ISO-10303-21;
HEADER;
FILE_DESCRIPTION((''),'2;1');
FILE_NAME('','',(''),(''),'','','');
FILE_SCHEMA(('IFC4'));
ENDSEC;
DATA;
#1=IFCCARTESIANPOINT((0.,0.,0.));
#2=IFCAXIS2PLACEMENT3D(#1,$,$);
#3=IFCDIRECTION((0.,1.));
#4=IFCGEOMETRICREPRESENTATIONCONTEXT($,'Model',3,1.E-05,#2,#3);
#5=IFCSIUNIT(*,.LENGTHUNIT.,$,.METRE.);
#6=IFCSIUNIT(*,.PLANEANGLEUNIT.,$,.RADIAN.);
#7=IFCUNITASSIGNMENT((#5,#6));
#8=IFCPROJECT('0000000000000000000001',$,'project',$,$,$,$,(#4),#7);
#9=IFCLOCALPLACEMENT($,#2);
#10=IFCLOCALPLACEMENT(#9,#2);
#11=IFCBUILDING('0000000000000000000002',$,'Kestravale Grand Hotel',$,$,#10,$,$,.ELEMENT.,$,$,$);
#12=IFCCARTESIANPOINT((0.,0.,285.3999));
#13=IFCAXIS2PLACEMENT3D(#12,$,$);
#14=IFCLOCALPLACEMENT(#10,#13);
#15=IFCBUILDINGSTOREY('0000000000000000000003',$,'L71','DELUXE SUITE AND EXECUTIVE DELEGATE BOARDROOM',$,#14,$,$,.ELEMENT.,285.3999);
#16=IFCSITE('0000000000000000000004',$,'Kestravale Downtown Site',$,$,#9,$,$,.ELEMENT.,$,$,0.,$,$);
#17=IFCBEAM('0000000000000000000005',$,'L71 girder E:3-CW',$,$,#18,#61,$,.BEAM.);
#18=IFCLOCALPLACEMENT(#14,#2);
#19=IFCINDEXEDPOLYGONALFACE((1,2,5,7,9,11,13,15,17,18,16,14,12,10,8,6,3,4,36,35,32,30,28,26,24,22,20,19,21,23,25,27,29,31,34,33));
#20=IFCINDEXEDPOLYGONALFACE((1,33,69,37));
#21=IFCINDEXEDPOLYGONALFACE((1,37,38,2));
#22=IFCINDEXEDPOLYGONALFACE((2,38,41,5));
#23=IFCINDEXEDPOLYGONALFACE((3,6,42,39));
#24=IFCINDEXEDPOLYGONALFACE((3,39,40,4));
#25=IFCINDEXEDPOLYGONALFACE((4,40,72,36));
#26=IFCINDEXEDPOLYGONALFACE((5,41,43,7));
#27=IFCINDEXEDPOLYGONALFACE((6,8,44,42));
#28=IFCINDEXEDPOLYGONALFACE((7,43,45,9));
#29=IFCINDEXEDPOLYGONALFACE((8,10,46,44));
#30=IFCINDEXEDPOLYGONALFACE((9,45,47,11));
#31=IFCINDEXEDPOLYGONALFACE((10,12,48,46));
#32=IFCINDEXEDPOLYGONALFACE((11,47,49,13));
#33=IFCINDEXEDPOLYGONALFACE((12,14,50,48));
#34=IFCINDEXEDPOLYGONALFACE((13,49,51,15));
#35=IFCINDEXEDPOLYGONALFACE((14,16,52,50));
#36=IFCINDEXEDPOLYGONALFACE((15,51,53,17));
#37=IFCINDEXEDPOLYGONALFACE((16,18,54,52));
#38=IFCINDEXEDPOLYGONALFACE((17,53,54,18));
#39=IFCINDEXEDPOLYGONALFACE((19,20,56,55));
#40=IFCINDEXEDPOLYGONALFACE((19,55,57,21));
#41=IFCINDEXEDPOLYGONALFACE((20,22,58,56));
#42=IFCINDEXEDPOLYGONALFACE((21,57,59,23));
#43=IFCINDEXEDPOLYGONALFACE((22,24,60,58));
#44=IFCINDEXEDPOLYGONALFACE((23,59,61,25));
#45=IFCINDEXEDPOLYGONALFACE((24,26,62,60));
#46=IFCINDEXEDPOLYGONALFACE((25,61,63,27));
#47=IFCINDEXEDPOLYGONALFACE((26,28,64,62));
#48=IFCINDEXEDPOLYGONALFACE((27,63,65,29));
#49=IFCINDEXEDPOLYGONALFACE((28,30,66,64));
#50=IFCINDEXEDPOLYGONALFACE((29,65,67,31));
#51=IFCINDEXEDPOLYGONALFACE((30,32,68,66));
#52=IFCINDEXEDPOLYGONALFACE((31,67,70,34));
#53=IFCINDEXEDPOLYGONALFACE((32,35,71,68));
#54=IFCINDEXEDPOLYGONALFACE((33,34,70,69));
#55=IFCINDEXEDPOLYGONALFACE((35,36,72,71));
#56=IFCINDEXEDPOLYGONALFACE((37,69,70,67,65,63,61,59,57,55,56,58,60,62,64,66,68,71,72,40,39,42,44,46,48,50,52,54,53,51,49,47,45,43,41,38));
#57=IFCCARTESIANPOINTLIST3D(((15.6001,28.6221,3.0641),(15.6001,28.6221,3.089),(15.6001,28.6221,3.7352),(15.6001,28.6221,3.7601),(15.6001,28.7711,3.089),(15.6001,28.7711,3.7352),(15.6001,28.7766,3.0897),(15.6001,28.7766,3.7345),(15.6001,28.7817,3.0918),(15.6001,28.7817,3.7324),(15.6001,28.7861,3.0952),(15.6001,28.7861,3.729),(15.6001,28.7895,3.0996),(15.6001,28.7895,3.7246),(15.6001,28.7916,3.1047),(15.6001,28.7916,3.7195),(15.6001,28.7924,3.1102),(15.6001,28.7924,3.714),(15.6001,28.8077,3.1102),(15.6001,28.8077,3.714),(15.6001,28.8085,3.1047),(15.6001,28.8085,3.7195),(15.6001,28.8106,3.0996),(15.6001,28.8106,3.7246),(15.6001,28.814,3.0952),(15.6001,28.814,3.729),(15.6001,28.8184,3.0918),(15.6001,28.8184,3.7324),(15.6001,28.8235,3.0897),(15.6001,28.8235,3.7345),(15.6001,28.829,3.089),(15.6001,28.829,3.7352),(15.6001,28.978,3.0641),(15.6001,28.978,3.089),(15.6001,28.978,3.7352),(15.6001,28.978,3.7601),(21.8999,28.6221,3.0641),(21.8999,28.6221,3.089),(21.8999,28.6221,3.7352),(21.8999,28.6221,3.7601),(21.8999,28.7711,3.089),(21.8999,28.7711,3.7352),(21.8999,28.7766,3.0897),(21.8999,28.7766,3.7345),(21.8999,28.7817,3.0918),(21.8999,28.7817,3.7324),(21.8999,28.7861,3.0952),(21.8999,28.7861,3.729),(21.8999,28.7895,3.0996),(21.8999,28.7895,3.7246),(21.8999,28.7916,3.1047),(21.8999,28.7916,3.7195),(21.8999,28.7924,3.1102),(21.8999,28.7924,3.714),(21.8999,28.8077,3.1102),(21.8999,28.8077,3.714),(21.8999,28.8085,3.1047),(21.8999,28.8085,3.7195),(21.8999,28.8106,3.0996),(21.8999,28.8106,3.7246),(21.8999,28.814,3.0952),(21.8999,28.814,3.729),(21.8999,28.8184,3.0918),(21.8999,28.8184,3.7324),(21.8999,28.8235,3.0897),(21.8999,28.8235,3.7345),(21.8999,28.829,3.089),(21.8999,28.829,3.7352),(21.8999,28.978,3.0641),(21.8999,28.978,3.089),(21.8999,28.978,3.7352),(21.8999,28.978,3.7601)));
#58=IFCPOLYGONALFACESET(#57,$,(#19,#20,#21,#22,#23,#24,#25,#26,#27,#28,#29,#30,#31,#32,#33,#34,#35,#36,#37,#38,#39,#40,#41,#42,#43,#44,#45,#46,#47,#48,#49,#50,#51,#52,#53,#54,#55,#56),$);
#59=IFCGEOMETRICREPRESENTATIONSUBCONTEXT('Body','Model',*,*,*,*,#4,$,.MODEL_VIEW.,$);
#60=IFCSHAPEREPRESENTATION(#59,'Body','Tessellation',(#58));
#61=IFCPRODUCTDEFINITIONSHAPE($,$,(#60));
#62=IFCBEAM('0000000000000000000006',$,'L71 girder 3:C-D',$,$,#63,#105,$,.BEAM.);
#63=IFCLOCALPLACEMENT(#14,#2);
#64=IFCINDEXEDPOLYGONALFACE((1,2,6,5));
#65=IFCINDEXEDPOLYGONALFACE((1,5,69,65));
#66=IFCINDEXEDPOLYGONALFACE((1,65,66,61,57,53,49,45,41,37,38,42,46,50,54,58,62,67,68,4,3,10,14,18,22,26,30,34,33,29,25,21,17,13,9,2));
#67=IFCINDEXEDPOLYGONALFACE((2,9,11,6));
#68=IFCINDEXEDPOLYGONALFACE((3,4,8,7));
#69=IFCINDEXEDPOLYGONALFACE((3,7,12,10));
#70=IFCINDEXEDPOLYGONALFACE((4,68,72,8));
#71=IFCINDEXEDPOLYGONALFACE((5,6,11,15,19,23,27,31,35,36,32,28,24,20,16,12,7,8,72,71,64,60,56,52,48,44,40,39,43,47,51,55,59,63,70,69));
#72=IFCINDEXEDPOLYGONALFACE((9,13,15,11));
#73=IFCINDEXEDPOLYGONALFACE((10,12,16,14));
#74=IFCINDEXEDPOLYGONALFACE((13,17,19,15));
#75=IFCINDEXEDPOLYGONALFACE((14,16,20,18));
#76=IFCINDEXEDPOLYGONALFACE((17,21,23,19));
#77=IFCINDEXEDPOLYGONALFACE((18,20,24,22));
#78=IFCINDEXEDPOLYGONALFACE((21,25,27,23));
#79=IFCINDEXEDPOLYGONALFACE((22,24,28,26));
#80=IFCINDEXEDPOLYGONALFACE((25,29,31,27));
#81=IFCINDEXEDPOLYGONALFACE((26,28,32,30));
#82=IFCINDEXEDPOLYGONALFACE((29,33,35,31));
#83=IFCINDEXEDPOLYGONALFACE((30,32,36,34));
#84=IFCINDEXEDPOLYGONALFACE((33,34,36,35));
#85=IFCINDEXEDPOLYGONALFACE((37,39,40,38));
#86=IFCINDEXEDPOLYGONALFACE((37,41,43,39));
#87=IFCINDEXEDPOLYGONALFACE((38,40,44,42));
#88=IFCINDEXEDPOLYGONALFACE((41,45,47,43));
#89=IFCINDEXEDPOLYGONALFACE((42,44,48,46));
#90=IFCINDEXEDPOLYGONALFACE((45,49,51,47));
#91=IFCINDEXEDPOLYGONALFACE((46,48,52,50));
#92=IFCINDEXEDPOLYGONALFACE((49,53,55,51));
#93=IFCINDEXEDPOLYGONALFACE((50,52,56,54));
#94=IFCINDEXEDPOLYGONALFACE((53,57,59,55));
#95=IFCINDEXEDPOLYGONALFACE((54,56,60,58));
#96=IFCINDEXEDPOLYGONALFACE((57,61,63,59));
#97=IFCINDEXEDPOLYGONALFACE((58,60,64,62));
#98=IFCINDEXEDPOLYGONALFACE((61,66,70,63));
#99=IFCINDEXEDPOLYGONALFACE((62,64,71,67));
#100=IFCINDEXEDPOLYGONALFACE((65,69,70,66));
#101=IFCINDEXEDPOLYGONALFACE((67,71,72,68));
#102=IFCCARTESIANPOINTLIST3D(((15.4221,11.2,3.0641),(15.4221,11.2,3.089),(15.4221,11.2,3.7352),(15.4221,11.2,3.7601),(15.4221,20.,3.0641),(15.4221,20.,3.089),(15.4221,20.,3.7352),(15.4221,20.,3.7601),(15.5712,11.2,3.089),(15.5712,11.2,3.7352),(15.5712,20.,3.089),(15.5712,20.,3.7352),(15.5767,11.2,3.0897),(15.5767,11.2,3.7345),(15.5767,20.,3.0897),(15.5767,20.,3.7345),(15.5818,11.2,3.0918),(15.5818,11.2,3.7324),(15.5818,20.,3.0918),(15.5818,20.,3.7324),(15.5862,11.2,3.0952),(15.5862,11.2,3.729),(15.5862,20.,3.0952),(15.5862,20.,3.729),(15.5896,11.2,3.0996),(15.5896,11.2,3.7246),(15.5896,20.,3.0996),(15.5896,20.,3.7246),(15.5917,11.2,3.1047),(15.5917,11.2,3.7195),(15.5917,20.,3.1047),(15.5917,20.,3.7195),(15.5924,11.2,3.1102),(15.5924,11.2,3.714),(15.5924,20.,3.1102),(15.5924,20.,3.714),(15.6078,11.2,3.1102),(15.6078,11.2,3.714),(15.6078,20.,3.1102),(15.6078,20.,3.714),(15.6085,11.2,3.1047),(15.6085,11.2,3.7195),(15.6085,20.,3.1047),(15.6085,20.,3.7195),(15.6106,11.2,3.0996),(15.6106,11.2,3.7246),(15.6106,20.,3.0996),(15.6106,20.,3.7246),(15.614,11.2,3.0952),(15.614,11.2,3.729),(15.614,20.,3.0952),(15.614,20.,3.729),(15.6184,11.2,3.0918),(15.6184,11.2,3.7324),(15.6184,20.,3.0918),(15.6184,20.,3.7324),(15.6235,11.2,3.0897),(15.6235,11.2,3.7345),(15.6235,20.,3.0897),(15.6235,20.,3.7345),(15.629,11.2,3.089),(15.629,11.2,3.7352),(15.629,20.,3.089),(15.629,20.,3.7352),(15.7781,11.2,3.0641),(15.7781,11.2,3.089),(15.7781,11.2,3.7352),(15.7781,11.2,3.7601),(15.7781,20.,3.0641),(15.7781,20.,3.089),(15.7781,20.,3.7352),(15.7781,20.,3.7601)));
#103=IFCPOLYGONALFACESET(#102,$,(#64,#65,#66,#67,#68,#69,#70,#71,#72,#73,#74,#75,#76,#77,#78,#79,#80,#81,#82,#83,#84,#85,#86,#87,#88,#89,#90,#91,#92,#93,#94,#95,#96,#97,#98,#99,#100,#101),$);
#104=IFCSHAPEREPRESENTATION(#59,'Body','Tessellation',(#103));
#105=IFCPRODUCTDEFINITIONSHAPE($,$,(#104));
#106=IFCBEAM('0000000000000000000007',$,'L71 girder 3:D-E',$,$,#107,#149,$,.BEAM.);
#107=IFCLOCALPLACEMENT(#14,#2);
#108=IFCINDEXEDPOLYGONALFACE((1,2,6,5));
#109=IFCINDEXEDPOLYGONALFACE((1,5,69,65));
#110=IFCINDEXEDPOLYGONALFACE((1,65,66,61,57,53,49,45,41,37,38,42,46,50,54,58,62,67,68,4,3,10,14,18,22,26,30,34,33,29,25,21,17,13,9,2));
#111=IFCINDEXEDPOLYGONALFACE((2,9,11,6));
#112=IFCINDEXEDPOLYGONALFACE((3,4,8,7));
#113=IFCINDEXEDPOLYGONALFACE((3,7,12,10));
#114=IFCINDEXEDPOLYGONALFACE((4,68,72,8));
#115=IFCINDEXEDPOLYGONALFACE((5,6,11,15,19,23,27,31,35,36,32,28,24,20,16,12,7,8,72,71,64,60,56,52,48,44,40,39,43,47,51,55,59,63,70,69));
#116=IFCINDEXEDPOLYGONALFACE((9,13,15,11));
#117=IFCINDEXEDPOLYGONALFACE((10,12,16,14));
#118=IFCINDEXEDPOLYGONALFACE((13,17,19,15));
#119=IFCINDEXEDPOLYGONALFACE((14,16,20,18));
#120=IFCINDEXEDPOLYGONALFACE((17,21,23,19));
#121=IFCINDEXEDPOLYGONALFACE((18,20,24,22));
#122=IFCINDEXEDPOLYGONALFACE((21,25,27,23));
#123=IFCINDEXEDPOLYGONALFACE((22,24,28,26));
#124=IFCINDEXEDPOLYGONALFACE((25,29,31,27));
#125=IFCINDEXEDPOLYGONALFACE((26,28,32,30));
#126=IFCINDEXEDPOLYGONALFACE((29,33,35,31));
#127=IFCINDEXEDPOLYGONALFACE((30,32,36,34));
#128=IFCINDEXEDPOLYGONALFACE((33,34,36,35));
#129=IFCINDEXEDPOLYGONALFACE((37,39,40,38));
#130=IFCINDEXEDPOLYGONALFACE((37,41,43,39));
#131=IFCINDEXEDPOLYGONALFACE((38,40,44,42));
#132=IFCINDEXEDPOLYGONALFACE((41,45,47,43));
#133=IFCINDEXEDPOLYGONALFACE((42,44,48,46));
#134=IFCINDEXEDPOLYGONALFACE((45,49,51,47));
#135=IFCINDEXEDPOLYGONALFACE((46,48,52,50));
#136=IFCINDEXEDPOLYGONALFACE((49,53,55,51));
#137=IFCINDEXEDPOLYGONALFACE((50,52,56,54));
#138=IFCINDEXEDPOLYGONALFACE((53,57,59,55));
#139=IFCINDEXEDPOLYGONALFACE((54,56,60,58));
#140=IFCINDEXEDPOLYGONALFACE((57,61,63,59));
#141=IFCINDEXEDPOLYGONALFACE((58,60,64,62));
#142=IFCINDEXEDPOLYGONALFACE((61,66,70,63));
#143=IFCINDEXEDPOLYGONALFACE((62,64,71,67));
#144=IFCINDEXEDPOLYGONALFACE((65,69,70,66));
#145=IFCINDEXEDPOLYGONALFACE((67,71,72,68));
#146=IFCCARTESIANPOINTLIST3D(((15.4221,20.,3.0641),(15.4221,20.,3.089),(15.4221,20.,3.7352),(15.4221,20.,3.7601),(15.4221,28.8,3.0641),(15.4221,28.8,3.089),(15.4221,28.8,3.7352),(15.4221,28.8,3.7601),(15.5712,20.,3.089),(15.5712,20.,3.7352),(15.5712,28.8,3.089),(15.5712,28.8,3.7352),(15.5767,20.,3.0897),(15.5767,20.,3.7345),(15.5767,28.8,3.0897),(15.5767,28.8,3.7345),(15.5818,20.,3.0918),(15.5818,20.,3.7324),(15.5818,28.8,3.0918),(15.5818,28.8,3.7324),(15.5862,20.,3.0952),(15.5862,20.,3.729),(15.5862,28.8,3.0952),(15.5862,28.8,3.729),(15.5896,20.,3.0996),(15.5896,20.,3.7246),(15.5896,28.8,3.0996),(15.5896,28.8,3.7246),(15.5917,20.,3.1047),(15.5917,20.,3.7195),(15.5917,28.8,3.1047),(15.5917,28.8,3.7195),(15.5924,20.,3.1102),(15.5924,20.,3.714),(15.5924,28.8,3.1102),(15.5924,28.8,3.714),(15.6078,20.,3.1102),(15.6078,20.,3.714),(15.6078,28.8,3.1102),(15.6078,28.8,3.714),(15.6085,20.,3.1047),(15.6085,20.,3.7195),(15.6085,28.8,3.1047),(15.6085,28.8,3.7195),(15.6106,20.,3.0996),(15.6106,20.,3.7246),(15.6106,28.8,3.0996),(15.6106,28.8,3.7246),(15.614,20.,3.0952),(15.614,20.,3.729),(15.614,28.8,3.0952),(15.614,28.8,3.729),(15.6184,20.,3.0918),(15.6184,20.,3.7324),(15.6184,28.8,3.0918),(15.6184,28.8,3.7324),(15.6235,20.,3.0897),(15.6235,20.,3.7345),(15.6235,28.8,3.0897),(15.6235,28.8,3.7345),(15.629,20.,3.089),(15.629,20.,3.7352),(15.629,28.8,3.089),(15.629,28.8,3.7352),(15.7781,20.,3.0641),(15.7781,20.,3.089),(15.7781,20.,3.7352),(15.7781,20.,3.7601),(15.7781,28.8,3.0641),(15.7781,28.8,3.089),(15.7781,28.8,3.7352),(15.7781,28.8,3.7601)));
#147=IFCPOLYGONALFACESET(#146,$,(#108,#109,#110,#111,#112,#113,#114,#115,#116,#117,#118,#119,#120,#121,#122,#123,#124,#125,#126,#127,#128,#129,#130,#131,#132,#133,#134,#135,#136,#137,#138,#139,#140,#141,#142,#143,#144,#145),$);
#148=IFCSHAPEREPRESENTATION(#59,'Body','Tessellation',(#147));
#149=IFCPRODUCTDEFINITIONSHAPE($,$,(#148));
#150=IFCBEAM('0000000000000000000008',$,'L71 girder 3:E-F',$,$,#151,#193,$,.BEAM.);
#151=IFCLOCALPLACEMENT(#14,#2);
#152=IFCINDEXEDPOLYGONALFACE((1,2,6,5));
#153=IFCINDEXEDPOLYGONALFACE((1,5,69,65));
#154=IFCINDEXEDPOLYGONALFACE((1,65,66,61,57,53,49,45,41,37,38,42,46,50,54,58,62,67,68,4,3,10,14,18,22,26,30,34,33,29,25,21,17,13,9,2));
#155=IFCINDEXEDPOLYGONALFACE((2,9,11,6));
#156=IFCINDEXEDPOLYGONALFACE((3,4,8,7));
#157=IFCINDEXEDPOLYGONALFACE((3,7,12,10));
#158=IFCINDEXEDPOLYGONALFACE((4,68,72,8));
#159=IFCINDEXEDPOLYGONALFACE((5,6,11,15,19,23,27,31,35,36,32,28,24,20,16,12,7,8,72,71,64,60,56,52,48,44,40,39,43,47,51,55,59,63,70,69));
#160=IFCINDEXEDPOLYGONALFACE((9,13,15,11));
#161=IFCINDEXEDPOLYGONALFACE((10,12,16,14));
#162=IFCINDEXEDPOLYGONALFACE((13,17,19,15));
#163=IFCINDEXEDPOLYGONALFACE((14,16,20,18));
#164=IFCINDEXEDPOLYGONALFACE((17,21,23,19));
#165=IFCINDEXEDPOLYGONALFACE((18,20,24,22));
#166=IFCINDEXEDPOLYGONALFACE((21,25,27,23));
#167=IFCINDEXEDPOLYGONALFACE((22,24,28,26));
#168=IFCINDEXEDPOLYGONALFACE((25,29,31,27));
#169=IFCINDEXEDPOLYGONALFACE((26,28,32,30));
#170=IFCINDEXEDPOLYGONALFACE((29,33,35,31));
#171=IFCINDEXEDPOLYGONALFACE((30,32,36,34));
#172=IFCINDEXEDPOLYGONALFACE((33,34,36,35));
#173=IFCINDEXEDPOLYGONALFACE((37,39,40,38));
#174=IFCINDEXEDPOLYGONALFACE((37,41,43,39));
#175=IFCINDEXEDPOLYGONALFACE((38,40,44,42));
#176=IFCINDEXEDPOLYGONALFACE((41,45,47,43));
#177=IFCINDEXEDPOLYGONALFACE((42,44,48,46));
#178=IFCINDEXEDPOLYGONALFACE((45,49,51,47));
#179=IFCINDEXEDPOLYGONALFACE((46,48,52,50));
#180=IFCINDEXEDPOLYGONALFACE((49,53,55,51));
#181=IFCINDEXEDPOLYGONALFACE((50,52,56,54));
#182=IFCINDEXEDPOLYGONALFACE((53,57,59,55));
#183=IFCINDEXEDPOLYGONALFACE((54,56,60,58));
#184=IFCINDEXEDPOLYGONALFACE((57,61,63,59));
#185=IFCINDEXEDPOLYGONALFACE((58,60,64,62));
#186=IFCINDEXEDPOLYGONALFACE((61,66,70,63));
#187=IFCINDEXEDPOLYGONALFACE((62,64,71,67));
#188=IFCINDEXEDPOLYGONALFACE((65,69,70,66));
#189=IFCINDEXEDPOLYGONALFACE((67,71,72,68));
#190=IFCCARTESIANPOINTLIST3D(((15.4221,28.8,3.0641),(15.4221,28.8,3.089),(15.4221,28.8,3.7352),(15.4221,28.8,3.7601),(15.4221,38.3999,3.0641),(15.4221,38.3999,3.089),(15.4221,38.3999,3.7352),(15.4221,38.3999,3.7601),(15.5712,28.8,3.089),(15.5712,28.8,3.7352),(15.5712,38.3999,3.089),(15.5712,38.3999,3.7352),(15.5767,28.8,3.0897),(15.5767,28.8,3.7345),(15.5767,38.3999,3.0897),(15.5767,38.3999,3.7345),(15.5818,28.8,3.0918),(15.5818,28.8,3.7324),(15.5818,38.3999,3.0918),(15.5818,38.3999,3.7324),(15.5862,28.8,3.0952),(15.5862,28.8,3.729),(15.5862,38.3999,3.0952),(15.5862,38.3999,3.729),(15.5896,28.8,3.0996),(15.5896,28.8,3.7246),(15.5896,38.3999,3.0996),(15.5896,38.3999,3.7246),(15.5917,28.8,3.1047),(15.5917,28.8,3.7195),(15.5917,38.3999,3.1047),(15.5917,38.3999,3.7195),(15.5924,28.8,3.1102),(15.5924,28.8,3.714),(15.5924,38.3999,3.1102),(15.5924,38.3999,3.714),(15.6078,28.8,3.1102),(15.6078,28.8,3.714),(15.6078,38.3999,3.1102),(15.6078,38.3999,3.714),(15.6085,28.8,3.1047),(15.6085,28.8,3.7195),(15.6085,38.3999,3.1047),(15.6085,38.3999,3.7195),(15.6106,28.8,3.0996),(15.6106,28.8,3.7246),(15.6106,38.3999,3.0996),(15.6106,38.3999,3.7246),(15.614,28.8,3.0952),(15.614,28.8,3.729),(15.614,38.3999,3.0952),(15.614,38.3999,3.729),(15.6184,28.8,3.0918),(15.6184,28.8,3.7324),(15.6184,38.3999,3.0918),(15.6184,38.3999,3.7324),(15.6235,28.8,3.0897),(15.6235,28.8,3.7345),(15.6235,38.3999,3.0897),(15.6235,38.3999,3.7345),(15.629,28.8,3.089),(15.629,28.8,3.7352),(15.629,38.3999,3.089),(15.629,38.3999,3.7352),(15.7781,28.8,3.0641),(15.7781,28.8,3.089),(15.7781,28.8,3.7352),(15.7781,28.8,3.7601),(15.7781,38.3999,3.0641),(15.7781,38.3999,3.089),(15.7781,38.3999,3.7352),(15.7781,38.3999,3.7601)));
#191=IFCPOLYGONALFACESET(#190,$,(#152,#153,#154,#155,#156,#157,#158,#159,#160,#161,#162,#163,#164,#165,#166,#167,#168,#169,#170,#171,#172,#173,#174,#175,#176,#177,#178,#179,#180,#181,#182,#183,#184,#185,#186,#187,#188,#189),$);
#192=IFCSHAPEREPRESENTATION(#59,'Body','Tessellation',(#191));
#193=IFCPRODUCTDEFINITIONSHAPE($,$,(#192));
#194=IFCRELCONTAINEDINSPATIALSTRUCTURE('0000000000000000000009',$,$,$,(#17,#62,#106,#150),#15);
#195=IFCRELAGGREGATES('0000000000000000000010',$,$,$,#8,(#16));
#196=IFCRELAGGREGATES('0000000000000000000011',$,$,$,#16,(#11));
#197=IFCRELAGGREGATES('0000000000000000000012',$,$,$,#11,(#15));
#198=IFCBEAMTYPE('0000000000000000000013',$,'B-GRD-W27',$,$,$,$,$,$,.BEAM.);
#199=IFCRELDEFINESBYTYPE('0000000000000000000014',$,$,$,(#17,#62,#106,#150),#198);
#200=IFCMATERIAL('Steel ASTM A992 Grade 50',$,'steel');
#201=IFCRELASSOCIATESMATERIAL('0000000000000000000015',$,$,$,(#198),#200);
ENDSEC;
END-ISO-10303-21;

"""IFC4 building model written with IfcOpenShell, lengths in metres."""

from ifc_helpers import new_model, si_unit, direction, frame, origin, origin_2d, place, context, subcontext, project, spatial, i_section, extrude, material, material_profile, profile_set, type_object, element, save


model = new_model("IFC4")

# Units and contexts
model_context = context("Model", 3, precision=1e-05, world=origin(), true_north=direction((0.0, 1.0)))
body_context = subcontext(model_context, "Body", "Model", "MODEL_VIEW")
ifc_project = project(units=[si_unit("LENGTHUNIT", "METRE"), si_unit("PLANEANGLEUNIT", "RADIAN")], contexts=[model_context])

# Site, building, storey
site_placement = place(None, origin())
site = spatial("IfcSite", under=ifc_project, at=site_placement, Name="Kestravale Downtown Site", CompositionType="ELEMENT", RefElevation=0.0)
building_placement = place(site_placement, origin())
building = spatial("IfcBuilding", under=site, at=building_placement, Name="Kestravale Grand Hotel", CompositionType="ELEMENT")
storey_placement = place(building_placement, frame((0.0, 0.0, 285.3999)))
storey = spatial("IfcBuildingStorey", under=building, at=storey_placement, Name="L71", Description="DELUXE SUITE AND EXECUTIVE DELEGATE BOARDROOM", CompositionType="ELEMENT", Elevation=285.3999)

# Beams
ifc_material_1 = material(Name="Steel ASTM A992 Grade 50", Category="steel")
ifc_material_profile_1 = material_profile(ifc_material_1, i_section(OverallWidth=0.356, OverallDepth=0.696, WebThickness=0.0154, FlangeThickness=0.0249, FilletRadius=0.0212, at=origin_2d()))
ifc_profile_set_1 = profile_set([ifc_material_profile_1], Name="Steel ASTM A992 Grade 50")
beam_type = type_object("IfcBeamType", Name="B-GRD-W27", PredefinedType="BEAM", material=ifc_profile_set_1)
beam_1_placement = place(storey_placement, frame((15.6001, 28.8, 3.4121), z_axis=(1.0, 0.0, 0.0), x_axis=(0.0, 1.0, 0.0)))
element("IfcBeam", 1, at=beam_1_placement, inside=storey, type_object=beam_type, Name="L71 girder E:3-CW", PredefinedType="BEAM", context=body_context, shape_type="SweptSolid", body=[
    extrude(i_section(OverallWidth=0.356, OverallDepth=0.696, WebThickness=0.0154, FlangeThickness=0.0249, FilletRadius=0.0212, at=origin_2d()), origin(), (0.0, 0.0, 1.0), 6.2998),
])
for number, where, z_axis, x_axis, name in (
    (2, (15.6001, 11.2, 3.4121), (0.0, 1.0, 0.0), (-1.0, 0.0, 0.0), "L71 girder 3:C-D"),
    (3, (15.6001, 20.0, 3.4121), (0.0, 1.0, 0.0), (-1.0, 0.0, 0.0), "L71 girder 3:D-E"),
):
    element("IfcBeam", number, at=place(storey_placement, frame(where, z_axis=z_axis, x_axis=x_axis)), inside=storey, type_object=beam_type, Name=name, PredefinedType="BEAM", context=body_context, shape_type="SweptSolid", body=[
        extrude(i_section(OverallWidth=0.356, OverallDepth=0.696, WebThickness=0.0154, FlangeThickness=0.0249, FilletRadius=0.0212, at=origin_2d()), origin(), (0.0, 0.0, 1.0), 8.8),
    ])
beam_2_placement = place(storey_placement, frame((15.6001, 28.8, 3.4121), z_axis=(0.0, 1.0, 0.0), x_axis=(-1.0, 0.0, 0.0)))
element("IfcBeam", 4, at=beam_2_placement, inside=storey, type_object=beam_type, Name="L71 girder 3:E-F", PredefinedType="BEAM", context=body_context, shape_type="SweptSolid", body=[
    extrude(i_section(OverallWidth=0.356, OverallDepth=0.696, WebThickness=0.0154, FlangeThickness=0.0249, FilletRadius=0.0212, at=origin_2d()), origin(), (0.0, 0.0, 1.0), 9.5999),
])

save(model, "model.ifc")
